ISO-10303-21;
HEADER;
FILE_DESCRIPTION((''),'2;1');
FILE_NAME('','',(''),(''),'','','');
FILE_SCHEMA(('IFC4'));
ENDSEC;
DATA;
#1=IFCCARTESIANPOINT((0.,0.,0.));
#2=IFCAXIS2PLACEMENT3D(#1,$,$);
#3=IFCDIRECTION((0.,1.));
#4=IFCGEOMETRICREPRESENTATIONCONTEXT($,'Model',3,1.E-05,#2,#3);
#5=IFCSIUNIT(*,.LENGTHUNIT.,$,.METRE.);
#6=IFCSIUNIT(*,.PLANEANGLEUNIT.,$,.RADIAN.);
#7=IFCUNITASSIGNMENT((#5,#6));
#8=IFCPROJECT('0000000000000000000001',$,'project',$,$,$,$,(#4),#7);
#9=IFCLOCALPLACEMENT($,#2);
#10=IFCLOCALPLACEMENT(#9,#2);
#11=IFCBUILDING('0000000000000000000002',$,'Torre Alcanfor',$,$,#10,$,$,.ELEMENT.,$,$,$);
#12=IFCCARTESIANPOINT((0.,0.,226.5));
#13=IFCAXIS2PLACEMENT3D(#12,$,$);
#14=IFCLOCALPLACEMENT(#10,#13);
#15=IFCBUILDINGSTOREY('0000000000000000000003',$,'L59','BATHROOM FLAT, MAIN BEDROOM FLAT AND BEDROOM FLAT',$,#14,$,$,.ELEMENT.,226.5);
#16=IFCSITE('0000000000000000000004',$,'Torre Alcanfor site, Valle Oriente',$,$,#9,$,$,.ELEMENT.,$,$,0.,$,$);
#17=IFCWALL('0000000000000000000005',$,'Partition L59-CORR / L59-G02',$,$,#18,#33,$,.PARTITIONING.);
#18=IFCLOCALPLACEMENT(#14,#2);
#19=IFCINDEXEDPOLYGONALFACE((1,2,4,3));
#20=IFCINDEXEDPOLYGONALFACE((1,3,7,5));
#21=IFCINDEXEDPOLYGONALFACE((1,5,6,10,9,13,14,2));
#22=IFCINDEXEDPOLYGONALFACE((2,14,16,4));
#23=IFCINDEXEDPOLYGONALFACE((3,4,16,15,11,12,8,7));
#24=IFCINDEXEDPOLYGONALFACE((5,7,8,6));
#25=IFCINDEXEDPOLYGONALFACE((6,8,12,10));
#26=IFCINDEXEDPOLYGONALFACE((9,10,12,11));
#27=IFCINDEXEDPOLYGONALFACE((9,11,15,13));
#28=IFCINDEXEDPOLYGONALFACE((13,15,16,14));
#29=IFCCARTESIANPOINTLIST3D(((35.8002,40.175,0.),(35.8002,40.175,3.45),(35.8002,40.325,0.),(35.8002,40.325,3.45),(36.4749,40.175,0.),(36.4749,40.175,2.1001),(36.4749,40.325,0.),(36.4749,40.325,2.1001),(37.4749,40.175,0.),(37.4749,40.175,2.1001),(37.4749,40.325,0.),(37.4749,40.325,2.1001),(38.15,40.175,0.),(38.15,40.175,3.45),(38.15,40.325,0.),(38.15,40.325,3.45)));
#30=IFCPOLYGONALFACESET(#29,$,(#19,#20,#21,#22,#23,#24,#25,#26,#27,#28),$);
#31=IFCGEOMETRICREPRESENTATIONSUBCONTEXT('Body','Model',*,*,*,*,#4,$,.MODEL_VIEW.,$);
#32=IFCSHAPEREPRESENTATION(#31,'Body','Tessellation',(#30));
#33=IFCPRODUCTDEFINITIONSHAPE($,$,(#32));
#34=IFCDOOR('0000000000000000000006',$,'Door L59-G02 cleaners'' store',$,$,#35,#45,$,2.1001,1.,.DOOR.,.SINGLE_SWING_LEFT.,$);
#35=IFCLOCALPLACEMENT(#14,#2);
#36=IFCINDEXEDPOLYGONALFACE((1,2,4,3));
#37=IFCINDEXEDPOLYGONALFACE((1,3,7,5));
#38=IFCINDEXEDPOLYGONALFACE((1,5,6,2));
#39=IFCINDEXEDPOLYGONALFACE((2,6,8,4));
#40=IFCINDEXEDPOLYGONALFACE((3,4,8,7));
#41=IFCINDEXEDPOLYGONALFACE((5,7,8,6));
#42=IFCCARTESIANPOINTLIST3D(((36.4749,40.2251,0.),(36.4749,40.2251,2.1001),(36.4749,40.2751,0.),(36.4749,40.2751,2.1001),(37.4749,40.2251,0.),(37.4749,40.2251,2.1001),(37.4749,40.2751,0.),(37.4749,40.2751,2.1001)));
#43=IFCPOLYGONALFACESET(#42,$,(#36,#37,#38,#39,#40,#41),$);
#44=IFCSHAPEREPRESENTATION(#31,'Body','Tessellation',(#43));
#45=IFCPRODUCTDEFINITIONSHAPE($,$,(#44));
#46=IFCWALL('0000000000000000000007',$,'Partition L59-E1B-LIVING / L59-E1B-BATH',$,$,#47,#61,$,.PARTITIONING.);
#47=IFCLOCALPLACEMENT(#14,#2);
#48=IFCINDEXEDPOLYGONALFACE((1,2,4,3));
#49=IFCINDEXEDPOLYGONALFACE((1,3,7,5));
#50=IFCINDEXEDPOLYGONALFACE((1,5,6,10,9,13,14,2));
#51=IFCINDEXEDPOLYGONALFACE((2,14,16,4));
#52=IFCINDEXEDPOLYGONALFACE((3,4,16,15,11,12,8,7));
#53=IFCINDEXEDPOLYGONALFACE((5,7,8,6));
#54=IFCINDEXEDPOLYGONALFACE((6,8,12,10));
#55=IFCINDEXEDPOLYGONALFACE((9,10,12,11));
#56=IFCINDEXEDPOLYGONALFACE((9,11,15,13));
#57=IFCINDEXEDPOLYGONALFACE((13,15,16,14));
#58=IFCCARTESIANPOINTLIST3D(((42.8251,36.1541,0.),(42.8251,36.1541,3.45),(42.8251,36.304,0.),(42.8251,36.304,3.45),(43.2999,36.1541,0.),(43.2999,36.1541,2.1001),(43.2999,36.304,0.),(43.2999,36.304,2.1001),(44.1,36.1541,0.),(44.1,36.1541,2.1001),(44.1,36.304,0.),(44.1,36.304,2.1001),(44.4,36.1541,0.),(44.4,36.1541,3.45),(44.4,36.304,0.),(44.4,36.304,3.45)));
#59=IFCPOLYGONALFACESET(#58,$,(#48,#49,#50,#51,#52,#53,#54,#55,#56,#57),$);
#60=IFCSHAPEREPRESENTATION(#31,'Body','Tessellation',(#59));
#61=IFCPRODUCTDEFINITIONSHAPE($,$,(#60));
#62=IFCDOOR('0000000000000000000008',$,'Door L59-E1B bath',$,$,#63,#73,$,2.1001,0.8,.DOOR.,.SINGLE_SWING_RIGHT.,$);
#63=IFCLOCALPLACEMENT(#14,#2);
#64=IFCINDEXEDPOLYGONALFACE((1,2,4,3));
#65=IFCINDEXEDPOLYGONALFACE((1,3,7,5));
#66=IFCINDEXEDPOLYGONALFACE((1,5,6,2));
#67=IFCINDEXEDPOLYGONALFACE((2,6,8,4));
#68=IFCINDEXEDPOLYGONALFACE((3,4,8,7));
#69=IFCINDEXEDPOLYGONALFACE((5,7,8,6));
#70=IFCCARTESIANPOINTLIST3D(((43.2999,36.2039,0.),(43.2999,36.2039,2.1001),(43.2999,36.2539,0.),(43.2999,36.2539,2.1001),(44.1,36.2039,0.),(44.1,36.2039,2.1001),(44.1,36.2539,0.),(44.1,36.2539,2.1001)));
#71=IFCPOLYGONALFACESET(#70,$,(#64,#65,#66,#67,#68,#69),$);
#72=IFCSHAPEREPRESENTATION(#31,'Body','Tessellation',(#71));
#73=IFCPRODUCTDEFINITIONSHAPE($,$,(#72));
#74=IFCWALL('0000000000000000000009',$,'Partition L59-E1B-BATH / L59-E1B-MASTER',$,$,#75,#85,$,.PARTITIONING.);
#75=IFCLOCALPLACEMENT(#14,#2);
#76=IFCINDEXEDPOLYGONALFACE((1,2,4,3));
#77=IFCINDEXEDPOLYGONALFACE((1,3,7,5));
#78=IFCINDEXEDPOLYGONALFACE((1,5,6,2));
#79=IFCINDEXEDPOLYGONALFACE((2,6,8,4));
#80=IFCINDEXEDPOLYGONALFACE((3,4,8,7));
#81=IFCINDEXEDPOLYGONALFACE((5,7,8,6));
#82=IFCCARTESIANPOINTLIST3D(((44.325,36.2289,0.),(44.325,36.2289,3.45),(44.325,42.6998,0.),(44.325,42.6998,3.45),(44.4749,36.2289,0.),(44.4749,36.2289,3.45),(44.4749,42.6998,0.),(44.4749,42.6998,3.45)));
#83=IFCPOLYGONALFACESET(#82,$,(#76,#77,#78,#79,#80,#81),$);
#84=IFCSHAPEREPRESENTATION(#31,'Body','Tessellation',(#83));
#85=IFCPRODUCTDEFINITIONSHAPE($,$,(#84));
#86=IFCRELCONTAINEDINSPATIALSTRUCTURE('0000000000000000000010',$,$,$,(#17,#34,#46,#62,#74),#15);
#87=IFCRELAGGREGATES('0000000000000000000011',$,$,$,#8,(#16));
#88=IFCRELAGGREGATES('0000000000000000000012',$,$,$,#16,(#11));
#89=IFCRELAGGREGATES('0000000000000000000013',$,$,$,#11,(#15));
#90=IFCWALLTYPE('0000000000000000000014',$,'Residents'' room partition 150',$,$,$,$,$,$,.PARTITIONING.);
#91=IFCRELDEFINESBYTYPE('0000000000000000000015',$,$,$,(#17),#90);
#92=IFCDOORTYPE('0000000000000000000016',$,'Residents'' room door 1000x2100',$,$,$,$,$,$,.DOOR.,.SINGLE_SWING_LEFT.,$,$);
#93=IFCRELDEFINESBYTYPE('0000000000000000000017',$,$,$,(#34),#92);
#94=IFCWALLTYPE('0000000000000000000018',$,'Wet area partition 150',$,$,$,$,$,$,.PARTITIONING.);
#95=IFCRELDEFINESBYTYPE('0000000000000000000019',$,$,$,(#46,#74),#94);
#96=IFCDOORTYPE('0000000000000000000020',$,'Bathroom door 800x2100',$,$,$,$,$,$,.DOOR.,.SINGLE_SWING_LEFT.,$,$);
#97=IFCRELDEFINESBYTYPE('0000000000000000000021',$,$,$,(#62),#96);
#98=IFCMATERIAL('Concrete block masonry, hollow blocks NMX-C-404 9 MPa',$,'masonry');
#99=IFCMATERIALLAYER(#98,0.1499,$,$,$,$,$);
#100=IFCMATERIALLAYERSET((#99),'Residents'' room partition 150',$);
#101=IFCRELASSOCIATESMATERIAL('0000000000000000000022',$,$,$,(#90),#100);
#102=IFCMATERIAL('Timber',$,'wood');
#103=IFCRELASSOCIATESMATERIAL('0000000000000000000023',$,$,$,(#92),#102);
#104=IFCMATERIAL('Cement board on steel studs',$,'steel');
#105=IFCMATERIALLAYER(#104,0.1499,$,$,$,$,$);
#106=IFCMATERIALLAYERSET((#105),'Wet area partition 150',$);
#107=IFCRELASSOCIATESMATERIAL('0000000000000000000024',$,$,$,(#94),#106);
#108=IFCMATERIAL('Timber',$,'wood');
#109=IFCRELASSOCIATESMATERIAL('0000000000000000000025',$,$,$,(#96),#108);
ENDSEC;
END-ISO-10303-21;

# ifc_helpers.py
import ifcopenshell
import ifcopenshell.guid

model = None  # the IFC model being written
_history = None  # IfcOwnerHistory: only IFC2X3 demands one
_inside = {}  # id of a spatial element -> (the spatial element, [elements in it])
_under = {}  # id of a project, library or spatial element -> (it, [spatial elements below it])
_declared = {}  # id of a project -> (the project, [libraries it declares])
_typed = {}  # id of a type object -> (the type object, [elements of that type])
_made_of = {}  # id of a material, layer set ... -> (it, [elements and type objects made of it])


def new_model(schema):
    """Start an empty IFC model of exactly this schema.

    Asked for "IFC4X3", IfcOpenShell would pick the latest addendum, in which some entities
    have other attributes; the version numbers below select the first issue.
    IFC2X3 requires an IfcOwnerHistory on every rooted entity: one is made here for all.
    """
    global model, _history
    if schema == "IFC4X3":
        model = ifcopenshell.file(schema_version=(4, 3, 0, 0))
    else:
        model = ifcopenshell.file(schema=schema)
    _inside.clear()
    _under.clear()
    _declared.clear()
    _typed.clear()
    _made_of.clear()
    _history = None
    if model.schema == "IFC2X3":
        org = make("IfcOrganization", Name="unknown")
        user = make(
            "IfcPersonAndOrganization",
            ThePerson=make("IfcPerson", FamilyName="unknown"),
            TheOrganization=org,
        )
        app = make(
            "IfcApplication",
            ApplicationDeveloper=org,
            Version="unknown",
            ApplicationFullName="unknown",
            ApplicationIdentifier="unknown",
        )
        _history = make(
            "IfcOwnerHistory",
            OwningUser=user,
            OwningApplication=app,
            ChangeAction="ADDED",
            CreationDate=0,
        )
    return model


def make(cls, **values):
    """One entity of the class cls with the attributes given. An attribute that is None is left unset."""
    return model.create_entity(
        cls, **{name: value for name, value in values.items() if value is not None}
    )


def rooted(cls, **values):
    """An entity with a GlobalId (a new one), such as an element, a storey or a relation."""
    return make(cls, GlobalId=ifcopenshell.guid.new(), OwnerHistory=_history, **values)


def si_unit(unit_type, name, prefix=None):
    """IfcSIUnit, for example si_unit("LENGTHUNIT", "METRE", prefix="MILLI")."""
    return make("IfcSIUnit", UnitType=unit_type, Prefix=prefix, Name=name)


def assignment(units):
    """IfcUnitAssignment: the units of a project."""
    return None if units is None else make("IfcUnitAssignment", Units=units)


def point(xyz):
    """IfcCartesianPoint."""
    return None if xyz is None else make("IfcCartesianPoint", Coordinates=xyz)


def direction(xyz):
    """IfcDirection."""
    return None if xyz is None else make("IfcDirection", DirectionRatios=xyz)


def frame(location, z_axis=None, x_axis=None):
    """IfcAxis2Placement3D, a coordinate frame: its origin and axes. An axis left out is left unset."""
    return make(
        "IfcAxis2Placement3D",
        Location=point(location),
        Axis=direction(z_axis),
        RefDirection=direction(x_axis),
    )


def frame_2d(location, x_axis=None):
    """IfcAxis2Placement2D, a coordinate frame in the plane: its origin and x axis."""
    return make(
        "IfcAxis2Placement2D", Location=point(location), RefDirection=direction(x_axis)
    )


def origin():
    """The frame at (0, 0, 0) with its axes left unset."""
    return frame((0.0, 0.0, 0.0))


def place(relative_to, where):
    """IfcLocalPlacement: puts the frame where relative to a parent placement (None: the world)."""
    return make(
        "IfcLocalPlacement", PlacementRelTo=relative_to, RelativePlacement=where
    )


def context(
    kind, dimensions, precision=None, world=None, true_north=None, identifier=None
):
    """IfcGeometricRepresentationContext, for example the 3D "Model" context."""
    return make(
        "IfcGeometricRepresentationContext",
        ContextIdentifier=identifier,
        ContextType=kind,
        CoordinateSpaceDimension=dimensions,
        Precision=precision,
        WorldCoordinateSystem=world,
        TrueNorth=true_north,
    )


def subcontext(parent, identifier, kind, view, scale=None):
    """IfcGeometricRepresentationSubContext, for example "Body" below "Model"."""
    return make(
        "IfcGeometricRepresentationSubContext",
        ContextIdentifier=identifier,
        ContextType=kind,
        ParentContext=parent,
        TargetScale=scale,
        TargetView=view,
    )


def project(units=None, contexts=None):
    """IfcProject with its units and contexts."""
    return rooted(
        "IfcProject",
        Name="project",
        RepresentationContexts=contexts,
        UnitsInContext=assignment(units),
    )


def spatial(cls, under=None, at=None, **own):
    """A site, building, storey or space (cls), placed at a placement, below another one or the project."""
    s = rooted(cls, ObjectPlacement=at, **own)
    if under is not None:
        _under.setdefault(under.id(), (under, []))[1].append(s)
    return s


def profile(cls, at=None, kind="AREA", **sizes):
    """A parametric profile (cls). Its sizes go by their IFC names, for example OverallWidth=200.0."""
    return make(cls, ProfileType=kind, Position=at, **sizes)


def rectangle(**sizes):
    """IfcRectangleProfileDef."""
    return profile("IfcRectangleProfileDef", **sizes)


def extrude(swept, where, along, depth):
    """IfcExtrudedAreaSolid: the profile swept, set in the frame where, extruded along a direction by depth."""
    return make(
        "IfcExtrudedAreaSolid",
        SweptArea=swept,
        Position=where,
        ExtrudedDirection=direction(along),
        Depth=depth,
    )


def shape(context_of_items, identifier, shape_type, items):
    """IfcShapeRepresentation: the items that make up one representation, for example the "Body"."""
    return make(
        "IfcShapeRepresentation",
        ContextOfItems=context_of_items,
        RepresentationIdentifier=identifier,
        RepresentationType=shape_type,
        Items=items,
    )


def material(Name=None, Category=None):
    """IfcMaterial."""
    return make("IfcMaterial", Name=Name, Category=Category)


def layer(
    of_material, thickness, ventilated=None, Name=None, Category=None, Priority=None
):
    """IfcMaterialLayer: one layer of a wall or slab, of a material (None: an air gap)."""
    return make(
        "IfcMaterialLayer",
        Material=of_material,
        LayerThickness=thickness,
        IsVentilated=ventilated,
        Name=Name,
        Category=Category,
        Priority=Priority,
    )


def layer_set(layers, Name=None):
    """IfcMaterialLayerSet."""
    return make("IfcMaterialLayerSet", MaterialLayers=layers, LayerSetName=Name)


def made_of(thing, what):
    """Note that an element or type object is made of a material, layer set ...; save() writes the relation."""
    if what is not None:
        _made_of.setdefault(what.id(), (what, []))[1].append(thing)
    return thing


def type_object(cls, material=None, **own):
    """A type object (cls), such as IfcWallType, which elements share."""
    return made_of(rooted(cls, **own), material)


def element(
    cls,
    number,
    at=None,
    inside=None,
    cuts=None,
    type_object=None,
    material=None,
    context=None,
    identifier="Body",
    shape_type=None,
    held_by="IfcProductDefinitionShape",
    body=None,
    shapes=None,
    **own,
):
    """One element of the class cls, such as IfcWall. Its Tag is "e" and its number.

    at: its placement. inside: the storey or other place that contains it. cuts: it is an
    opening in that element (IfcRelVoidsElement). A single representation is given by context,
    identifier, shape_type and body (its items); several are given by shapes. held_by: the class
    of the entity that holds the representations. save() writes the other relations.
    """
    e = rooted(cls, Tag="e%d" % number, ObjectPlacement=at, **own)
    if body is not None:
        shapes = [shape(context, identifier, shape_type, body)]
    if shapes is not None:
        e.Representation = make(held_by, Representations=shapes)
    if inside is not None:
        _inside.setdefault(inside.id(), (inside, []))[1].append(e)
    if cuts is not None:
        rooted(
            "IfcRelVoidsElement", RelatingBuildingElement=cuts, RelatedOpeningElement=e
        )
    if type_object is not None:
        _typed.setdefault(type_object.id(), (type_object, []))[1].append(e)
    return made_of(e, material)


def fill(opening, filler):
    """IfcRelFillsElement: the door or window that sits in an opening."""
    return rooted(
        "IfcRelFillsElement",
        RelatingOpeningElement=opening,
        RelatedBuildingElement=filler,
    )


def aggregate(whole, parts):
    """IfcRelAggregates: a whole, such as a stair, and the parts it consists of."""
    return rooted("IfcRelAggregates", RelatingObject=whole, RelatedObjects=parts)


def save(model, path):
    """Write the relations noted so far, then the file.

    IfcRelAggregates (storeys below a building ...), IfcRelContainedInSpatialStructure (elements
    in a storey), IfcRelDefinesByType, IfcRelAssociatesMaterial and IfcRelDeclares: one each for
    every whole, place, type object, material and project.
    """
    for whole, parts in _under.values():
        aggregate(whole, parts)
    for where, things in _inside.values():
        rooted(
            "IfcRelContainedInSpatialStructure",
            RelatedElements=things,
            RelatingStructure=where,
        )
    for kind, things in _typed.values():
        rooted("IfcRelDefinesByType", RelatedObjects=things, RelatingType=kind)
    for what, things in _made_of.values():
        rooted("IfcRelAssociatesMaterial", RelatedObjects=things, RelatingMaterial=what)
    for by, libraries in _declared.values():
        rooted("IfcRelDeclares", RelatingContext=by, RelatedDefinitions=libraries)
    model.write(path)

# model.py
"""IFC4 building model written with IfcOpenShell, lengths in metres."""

from ifc_helpers import new_model, si_unit, direction, frame, frame_2d, origin, place, context, subcontext, project, spatial, rectangle, extrude, material, layer, layer_set, type_object, element, fill, save


model = new_model("IFC4")

# Units and contexts
model_context = context("Model", 3, precision=1e-05, world=origin(), true_north=direction((0.0, 1.0)))
body_context = subcontext(model_context, "Body", "Model", "MODEL_VIEW")
ifc_project = project(units=[si_unit("LENGTHUNIT", "METRE"), si_unit("PLANEANGLEUNIT", "RADIAN")], contexts=[model_context])

# Site, building, storey
site_placement = place(None, origin())
site = spatial("IfcSite", under=ifc_project, at=site_placement, Name="Torre Alcanfor site, Valle Oriente", CompositionType="ELEMENT", RefElevation=0.0)
building_placement = place(site_placement, origin())
building = spatial("IfcBuilding", under=site, at=building_placement, Name="Torre Alcanfor", CompositionType="ELEMENT")
storey_placement = place(building_placement, frame((0.0, 0.0, 226.5)))
storey = spatial("IfcBuildingStorey", under=building, at=storey_placement, Name="L59", Description="BATHROOM FLAT, MAIN BEDROOM FLAT AND BEDROOM FLAT", CompositionType="ELEMENT", Elevation=226.5)

# Shared definitions
ifc_material_1 = material(Name="Concrete block masonry, hollow blocks NMX-C-404 9 MPa", Category="masonry")
ifc_layer_1 = layer(ifc_material_1, 0.1499)
ifc_layer_set_1 = layer_set([ifc_layer_1], Name="Residents' room partition 150")
wall_type_1 = type_object("IfcWallType", Name="Residents' room partition 150", PredefinedType="PARTITIONING", material=ifc_layer_set_1)

# Wall, opening, door
wall_1_placement = place(storey_placement, frame((38.1499, 40.25, 0.0), z_axis=(0.0, 0.0, 1.0), x_axis=(-1.0, 0.0, 0.0)))
wall_1 = element("IfcWall", 1, at=wall_1_placement, inside=storey, type_object=wall_type_1, Name="Partition L59-CORR / L59-G02", PredefinedType="PARTITIONING", context=body_context, shape_type="SweptSolid", body=[
    extrude(rectangle(XDim=2.3499, YDim=0.1499, at=frame_2d((1.1748, 0.0))), origin(), (0.0, 0.0, 1.0), 3.45),
])
opening_1_placement = place(wall_1_placement, frame((0.675, 0.0, 0.0)))
opening_1 = element("IfcOpeningElement", 2, at=opening_1_placement, cuts=wall_1, PredefinedType="OPENING", context=body_context, shape_type="SweptSolid", body=[
    extrude(rectangle(XDim=1.0, YDim=2.1001, at=frame_2d((0.5, 1.05))), frame((0.0, 0.085, 0.0), z_axis=(0.0, -1.0, 0.0), x_axis=(1.0, 0.0, 0.0)), (0.0, 0.0, 1.0), 0.1699),
])
ifc_material_2 = material(Name="Timber", Category="wood")
door_type_1 = type_object("IfcDoorType", Name="Residents' room door 1000x2100", OperationType="SINGLE_SWING_LEFT", PredefinedType="DOOR", material=ifc_material_2)
door_1_placement = place(opening_1_placement, origin())
door_1 = element("IfcDoor", 3, at=door_1_placement, inside=storey, type_object=door_type_1, Name="Door L59-G02 cleaners' store", OperationType="SINGLE_SWING_LEFT", OverallHeight=2.1001, OverallWidth=1.0, PredefinedType="DOOR", context=body_context, shape_type="SweptSolid", body=[
    extrude(rectangle(XDim=1.0, YDim=2.1001, at=frame_2d((0.5, 1.05))), frame((0.0, 0.0249, 0.0), z_axis=(0.0, -1.0, 0.0), x_axis=(1.0, 0.0, 0.0)), (0.0, 0.0, 1.0), 0.05),
])
fill(opening_1, door_1)

# Wall, opening, door
ifc_material_3 = material(Name="Cement board on steel studs", Category="steel")
ifc_layer_2 = layer(ifc_material_3, 0.1499)
ifc_layer_set_2 = layer_set([ifc_layer_2], Name="Wet area partition 150")
wall_type_2 = type_object("IfcWallType", Name="Wet area partition 150", PredefinedType="PARTITIONING", material=ifc_layer_set_2)
wall_2_placement = place(storey_placement, frame((42.825, 36.229, 0.0), z_axis=(0.0, 0.0, 1.0), x_axis=(1.0, 0.0, 0.0)))
wall_2 = element("IfcWall", 4, at=wall_2_placement, inside=storey, type_object=wall_type_2, Name="Partition L59-E1B-LIVING / L59-E1B-BATH", PredefinedType="PARTITIONING", context=body_context, shape_type="SweptSolid", body=[
    extrude(rectangle(XDim=1.575, YDim=0.1499, at=frame_2d((0.7876, 0.0))), origin(), (0.0, 0.0, 1.0), 3.45),
])
opening_2_placement = place(wall_2_placement, frame((0.4751, 0.0, 0.0)))
opening_2 = element("IfcOpeningElement", 5, at=opening_2_placement, cuts=wall_2, PredefinedType="OPENING", context=body_context, shape_type="SweptSolid", body=[
    extrude(rectangle(XDim=0.8, YDim=2.1001, at=frame_2d((0.3999, 1.05))), frame((0.0, 0.085, 0.0), z_axis=(0.0, -1.0, 0.0), x_axis=(1.0, 0.0, 0.0)), (0.0, 0.0, 1.0), 0.1699),
])
ifc_material_4 = material(Name="Timber", Category="wood")
door_type_2 = type_object("IfcDoorType", Name="Bathroom door 800x2100", OperationType="SINGLE_SWING_LEFT", PredefinedType="DOOR", material=ifc_material_4)
door_2_placement = place(opening_2_placement, origin())
door_2 = element("IfcDoor", 6, at=door_2_placement, inside=storey, type_object=door_type_2, Name="Door L59-E1B bath", OperationType="SINGLE_SWING_RIGHT", OverallHeight=2.1001, OverallWidth=0.8, PredefinedType="DOOR", context=body_context, shape_type="SweptSolid", body=[
    extrude(rectangle(XDim=0.8, YDim=2.1001, at=frame_2d((0.3999, 1.05))), frame((0.0, 0.0249, 0.0), z_axis=(0.0, -1.0, 0.0), x_axis=(1.0, 0.0, 0.0)), (0.0, 0.0, 1.0), 0.05),
])
fill(opening_2, door_2)

# Wall
wall_3_placement = place(storey_placement, frame((44.3999, 36.229, 0.0), z_axis=(0.0, 0.0, 1.0), x_axis=(0.0, 1.0, 0.0)))
element("IfcWall", 7, at=wall_3_placement, inside=storey, type_object=wall_type_2, Name="Partition L59-E1B-BATH / L59-E1B-MASTER", PredefinedType="PARTITIONING", context=body_context, shape_type="SweptSolid", body=[
    extrude(rectangle(XDim=6.4709, YDim=0.1499, at=frame_2d((3.2354, 0.0))), origin(), (0.0, 0.0, 1.0), 3.45),
])

save(model, "model.ifc")
